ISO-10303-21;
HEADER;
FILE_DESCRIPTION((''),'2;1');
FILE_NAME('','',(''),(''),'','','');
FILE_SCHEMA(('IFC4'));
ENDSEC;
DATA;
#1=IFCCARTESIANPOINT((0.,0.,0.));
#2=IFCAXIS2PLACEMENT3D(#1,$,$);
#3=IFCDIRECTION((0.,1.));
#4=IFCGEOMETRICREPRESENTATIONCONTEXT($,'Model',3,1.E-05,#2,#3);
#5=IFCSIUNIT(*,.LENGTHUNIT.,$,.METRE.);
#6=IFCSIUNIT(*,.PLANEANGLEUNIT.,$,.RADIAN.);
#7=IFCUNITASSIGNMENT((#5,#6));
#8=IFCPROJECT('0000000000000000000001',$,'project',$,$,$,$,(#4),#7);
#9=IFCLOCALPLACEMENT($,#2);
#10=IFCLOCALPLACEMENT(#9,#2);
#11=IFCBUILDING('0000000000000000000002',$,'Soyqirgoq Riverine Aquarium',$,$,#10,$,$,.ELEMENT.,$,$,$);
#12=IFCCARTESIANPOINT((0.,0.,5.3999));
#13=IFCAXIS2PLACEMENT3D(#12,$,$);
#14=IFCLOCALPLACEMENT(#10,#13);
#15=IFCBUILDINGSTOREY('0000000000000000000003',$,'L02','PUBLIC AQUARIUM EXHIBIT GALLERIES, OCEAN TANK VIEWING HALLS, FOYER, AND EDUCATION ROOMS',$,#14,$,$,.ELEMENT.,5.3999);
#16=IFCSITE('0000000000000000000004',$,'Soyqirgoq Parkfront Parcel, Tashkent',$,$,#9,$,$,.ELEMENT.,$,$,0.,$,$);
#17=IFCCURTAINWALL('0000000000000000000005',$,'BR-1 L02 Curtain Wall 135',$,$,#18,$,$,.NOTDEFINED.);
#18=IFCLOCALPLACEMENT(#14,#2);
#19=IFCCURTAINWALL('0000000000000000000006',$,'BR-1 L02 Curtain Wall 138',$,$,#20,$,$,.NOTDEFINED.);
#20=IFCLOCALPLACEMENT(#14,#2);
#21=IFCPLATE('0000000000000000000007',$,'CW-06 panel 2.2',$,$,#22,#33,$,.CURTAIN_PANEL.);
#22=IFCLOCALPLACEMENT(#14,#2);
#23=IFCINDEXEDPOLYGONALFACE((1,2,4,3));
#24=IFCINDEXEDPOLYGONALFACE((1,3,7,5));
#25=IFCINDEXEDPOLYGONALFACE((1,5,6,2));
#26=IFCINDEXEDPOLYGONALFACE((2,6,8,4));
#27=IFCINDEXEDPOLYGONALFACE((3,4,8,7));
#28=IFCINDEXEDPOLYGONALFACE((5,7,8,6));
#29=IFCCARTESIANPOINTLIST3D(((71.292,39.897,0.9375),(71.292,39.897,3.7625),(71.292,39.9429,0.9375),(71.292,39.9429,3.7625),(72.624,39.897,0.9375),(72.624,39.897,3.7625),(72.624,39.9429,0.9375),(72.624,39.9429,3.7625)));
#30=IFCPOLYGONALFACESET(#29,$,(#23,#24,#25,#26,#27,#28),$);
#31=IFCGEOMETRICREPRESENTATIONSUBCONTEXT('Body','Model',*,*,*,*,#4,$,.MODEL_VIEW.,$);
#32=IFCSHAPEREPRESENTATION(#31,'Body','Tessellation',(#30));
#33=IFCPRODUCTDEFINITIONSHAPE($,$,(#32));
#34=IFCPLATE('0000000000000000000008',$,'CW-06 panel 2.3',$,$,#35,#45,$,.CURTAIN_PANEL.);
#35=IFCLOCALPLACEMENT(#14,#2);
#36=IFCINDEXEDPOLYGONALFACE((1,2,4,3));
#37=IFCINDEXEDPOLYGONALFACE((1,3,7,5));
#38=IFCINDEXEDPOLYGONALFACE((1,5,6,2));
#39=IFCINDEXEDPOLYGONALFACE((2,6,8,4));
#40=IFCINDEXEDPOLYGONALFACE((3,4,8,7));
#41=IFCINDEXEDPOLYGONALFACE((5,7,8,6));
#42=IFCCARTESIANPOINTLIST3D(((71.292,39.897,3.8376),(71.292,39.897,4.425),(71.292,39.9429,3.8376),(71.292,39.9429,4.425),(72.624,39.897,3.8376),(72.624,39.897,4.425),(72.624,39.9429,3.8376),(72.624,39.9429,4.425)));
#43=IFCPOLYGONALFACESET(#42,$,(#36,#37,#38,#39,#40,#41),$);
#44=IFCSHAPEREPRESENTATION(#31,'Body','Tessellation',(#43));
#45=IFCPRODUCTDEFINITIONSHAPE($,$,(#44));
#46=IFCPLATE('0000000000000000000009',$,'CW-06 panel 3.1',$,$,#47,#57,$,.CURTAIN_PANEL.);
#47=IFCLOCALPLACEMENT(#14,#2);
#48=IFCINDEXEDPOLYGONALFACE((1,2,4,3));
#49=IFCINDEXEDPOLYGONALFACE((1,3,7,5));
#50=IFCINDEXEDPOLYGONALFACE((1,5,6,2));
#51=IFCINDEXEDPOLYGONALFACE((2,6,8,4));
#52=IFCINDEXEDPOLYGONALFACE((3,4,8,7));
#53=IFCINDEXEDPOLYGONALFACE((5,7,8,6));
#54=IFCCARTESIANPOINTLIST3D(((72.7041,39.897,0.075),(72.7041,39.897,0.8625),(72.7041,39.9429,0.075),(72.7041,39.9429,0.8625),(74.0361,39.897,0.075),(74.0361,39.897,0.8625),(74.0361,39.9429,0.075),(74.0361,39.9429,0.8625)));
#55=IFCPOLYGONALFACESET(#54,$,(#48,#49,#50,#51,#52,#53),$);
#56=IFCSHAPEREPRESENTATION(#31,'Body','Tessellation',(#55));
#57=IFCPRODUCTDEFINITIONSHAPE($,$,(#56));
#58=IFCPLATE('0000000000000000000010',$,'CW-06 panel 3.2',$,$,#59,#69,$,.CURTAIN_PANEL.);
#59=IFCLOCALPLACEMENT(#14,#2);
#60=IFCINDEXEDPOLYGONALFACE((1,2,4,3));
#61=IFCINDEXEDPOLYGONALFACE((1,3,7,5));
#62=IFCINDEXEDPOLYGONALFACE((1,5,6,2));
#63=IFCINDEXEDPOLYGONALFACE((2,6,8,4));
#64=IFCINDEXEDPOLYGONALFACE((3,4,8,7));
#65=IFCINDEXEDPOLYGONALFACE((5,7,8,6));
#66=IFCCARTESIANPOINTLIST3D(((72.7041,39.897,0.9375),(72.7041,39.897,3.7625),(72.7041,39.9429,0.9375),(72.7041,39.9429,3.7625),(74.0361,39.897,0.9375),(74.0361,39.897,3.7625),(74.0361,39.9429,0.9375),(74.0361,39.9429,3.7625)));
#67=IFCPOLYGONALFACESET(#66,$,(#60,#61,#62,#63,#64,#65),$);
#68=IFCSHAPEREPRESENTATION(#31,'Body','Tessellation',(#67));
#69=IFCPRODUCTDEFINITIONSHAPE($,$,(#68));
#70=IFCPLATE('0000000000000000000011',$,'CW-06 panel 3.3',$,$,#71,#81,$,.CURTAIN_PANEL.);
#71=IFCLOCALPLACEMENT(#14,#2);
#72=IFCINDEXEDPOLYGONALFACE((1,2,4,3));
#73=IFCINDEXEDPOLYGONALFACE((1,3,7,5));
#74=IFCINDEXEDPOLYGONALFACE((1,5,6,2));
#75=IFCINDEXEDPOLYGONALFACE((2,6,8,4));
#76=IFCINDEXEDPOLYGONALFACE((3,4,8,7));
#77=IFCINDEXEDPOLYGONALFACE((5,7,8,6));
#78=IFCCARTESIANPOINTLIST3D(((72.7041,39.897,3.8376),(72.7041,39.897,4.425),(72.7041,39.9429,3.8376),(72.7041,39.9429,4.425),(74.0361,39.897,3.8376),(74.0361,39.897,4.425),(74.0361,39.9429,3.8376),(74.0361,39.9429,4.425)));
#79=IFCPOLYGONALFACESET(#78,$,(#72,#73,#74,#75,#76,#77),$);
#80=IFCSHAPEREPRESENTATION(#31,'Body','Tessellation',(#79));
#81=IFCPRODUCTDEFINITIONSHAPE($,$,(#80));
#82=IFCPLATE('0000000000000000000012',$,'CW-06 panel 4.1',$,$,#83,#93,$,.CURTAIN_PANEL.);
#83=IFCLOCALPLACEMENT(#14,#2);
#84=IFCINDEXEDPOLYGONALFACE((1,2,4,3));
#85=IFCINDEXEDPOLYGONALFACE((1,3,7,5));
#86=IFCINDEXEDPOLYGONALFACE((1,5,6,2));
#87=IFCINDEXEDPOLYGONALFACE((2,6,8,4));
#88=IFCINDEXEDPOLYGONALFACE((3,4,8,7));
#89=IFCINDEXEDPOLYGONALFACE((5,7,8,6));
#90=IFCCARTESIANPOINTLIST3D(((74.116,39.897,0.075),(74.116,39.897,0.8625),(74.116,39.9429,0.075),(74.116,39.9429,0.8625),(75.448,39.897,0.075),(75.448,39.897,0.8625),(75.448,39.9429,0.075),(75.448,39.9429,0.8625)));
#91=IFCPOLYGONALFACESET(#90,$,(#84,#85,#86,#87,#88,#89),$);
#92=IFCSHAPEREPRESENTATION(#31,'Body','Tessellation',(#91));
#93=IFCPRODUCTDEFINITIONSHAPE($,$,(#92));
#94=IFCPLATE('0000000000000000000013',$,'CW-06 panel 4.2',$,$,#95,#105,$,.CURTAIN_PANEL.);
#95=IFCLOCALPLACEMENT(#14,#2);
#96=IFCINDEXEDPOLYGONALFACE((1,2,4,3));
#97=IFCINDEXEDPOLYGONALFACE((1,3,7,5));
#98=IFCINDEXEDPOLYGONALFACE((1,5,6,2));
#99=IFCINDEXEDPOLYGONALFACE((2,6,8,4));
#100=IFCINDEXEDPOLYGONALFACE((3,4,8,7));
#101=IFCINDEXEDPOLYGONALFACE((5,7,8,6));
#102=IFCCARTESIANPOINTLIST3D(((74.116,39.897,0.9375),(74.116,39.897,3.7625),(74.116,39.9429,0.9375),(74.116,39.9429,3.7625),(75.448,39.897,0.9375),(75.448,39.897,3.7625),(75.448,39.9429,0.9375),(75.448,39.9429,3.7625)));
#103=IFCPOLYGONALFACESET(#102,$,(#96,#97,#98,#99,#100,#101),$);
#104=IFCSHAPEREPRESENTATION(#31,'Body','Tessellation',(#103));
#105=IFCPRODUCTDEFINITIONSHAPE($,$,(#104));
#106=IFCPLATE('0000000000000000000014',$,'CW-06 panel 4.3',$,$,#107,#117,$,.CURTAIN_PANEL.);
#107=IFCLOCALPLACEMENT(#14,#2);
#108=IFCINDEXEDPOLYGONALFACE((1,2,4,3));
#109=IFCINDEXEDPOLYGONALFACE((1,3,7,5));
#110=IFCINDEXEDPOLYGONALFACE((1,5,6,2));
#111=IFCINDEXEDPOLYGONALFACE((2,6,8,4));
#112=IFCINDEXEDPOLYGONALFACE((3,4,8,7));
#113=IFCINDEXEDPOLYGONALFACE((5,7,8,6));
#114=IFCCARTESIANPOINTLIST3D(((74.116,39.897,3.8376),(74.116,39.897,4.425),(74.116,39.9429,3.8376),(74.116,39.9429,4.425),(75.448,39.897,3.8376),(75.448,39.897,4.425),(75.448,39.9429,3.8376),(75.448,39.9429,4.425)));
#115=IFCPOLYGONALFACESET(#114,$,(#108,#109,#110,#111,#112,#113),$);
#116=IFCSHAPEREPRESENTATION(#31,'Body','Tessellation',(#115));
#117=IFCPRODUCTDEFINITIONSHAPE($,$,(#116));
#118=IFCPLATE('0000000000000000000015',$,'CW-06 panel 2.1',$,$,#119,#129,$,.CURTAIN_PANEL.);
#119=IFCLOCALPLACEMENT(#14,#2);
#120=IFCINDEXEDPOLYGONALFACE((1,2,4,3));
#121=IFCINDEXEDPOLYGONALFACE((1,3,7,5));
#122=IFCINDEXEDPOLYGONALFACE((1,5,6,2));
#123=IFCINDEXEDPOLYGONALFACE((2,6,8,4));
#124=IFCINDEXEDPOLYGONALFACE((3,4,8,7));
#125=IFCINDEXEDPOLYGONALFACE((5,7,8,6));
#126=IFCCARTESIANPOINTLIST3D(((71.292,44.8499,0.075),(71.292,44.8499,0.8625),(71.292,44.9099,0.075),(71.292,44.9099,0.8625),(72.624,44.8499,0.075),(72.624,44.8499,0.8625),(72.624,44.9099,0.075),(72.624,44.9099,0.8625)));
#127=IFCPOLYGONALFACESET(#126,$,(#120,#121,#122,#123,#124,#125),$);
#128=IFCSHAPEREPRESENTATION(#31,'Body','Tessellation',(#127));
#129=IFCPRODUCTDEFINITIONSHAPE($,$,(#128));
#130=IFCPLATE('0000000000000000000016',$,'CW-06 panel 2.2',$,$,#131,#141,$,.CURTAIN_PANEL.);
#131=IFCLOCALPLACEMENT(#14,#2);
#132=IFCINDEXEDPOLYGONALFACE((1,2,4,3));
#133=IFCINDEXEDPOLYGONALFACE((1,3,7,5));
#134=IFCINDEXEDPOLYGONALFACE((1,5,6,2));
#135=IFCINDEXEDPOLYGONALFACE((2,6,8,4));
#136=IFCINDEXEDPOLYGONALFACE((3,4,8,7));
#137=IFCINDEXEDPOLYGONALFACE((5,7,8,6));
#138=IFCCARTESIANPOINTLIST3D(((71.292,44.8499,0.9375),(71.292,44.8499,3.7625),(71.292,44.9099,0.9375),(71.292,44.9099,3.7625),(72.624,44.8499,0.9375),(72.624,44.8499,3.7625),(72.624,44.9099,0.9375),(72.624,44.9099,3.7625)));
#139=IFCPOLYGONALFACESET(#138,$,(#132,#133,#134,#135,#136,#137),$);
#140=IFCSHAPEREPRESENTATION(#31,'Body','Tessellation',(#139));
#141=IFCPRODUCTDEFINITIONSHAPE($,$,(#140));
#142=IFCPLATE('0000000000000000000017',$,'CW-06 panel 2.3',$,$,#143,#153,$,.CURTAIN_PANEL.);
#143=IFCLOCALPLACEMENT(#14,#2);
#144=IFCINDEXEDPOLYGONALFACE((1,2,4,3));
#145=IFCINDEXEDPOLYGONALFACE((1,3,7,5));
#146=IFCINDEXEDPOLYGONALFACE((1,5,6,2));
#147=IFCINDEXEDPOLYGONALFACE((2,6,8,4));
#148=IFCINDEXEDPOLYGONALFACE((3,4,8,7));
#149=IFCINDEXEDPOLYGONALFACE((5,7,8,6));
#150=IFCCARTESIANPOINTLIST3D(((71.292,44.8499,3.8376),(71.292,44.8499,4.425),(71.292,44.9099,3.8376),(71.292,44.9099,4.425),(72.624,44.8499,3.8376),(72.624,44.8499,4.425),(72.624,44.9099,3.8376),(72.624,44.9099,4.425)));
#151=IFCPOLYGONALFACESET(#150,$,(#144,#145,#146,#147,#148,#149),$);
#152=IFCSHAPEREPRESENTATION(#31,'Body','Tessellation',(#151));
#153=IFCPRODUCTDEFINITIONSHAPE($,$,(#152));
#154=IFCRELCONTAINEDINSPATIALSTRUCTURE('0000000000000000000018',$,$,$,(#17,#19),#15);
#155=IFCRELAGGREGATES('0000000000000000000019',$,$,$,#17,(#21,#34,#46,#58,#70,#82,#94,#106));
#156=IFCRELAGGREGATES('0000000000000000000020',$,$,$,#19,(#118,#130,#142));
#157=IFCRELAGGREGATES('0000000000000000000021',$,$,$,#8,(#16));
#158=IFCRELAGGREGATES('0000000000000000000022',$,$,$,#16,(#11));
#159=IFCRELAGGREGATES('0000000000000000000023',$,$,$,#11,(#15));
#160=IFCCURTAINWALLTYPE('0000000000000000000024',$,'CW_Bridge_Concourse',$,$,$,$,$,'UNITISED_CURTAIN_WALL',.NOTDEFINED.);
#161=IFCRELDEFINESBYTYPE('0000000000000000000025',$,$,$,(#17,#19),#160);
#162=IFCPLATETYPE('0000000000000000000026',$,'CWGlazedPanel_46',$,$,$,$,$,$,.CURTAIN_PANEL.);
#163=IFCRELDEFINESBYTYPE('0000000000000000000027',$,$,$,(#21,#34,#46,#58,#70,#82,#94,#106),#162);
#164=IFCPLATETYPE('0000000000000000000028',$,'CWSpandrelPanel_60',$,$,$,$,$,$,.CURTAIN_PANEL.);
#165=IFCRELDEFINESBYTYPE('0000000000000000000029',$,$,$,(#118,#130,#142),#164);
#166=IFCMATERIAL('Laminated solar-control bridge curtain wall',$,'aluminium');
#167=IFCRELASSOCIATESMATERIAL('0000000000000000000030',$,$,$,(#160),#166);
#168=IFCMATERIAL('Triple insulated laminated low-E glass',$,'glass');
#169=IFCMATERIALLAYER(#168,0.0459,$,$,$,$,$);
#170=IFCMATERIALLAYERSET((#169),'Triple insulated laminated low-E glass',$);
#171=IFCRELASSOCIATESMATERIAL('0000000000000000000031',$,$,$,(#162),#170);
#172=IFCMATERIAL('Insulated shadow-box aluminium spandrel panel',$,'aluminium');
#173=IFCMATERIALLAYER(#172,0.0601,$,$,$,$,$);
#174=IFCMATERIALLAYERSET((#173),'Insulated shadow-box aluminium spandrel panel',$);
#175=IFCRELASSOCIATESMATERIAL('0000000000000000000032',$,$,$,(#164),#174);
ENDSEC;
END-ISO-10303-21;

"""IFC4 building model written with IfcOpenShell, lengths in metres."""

from ifc_helpers import new_model, si_unit, direction, frame, origin, origin_2d, place, context, subcontext, project, spatial, rectangle, extrude, material, layer, layer_set, type_object, element, aggregate, save


model = new_model("IFC4")

# Units and contexts
model_context = context("Model", 3, precision=1e-05, world=origin(), true_north=direction((0.0, 1.0)))
body_context = subcontext(model_context, "Body", "Model", "MODEL_VIEW")
ifc_project = project(units=[si_unit("LENGTHUNIT", "METRE"), si_unit("PLANEANGLEUNIT", "RADIAN")], contexts=[model_context])

# Site, building, storey
site_placement = place(None, origin())
site = spatial("IfcSite", under=ifc_project, at=site_placement, Name="Soyqirgoq Parkfront Parcel, Tashkent", CompositionType="ELEMENT", RefElevation=0.0)
building_placement = place(site_placement, origin())
building = spatial("IfcBuilding", under=site, at=building_placement, Name="Soyqirgoq Riverine Aquarium", CompositionType="ELEMENT")
storey_placement = place(building_placement, frame((0.0, 0.0, 5.3999)))
storey = spatial("IfcBuildingStorey", under=building, at=storey_placement, Name="L02", Description="PUBLIC AQUARIUM EXHIBIT GALLERIES, OCEAN TANK VIEWING HALLS, FOYER, AND EDUCATION ROOMS", CompositionType="ELEMENT", Elevation=5.3999)

# Curtain wall
ifc_material_1 = material(Name="Laminated solar-control bridge curtain wall", Category="aluminium")
curtain_wall_type = type_object("IfcCurtainWallType", Name="CW_Bridge_Concourse", ElementType="UNITISED_CURTAIN_WALL", PredefinedType="NOTDEFINED", material=ifc_material_1)
curtain_wall_1_placement = place(storey_placement, origin())
curtain_wall_1 = element("IfcCurtainWall", 1, at=curtain_wall_1_placement, inside=storey, type_object=curtain_wall_type, Name="BR-1 L02 Curtain Wall 135", PredefinedType="NOTDEFINED")

# Curtain wall
curtain_wall_2_placement = place(storey_placement, origin())
curtain_wall_2 = element("IfcCurtainWall", 2, at=curtain_wall_2_placement, inside=storey, type_object=curtain_wall_type, Name="BR-1 L02 Curtain Wall 138", PredefinedType="NOTDEFINED")

# Plates
ifc_material_2 = material(Name="Triple insulated laminated low-E glass", Category="glass")
ifc_layer_1 = layer(ifc_material_2, 0.0459)
ifc_layer_set_1 = layer_set([ifc_layer_1], Name="Triple insulated laminated low-E glass")
plate_type_1 = type_object("IfcPlateType", Name="CWGlazedPanel_46", PredefinedType="CURTAIN_PANEL", material=ifc_layer_set_1)
plate_1_placement = place(storey_placement, frame((71.958, 39.9199, 0.9375), z_axis=(0.0, 0.0, 1.0), x_axis=(1.0, 0.0, 0.0)))
plate_1 = element("IfcPlate", 3, at=plate_1_placement, type_object=plate_type_1, Name="CW-06 panel 2.2", PredefinedType="CURTAIN_PANEL", context=body_context, shape_type="SweptSolid", body=[
    extrude(rectangle(XDim=1.332, YDim=0.0459, at=origin_2d()), origin(), (0.0, 0.0, 1.0), 2.825),
])
plate_2_placement = place(storey_placement, frame((71.958, 39.9199, 3.8376), z_axis=(0.0, 0.0, 1.0), x_axis=(1.0, 0.0, 0.0)))
plate_2 = element("IfcPlate", 4, at=plate_2_placement, type_object=plate_type_1, Name="CW-06 panel 2.3", PredefinedType="CURTAIN_PANEL", context=body_context, shape_type="SweptSolid", body=[
    extrude(rectangle(XDim=1.332, YDim=0.0459, at=origin_2d()), origin(), (0.0, 0.0, 1.0), 0.5874),
])
plate_3_placement = place(storey_placement, frame((73.3701, 39.9199, 0.075), z_axis=(0.0, 0.0, 1.0), x_axis=(1.0, 0.0, 0.0)))
plate_3 = element("IfcPlate", 5, at=plate_3_placement, type_object=plate_type_1, Name="CW-06 panel 3.1", PredefinedType="CURTAIN_PANEL", context=body_context, shape_type="SweptSolid", body=[
    extrude(rectangle(XDim=1.332, YDim=0.0459, at=origin_2d()), origin(), (0.0, 0.0, 1.0), 0.7876),
])
plate_4_placement = place(storey_placement, frame((73.3701, 39.9199, 0.9375), z_axis=(0.0, 0.0, 1.0), x_axis=(1.0, 0.0, 0.0)))
plate_4 = element("IfcPlate", 6, at=plate_4_placement, type_object=plate_type_1, Name="CW-06 panel 3.2", PredefinedType="CURTAIN_PANEL", context=body_context, shape_type="SweptSolid", body=[
    extrude(rectangle(XDim=1.332, YDim=0.0459, at=origin_2d()), origin(), (0.0, 0.0, 1.0), 2.825),
])
plate_5_placement = place(storey_placement, frame((73.3701, 39.9199, 3.8376), z_axis=(0.0, 0.0, 1.0), x_axis=(1.0, 0.0, 0.0)))
plate_5 = element("IfcPlate", 7, at=plate_5_placement, type_object=plate_type_1, Name="CW-06 panel 3.3", PredefinedType="CURTAIN_PANEL", context=body_context, shape_type="SweptSolid", body=[
    extrude(rectangle(XDim=1.332, YDim=0.0459, at=origin_2d()), origin(), (0.0, 0.0, 1.0), 0.5874),
])
plate_6_placement = place(storey_placement, frame((74.782, 39.9199, 0.075), z_axis=(0.0, 0.0, 1.0), x_axis=(1.0, 0.0, 0.0)))
plate_6 = element("IfcPlate", 8, at=plate_6_placement, type_object=plate_type_1, Name="CW-06 panel 4.1", PredefinedType="CURTAIN_PANEL", context=body_context, shape_type="SweptSolid", body=[
    extrude(rectangle(XDim=1.332, YDim=0.0459, at=origin_2d()), origin(), (0.0, 0.0, 1.0), 0.7876),
])
plate_7_placement = place(storey_placement, frame((74.782, 39.9199, 0.9375), z_axis=(0.0, 0.0, 1.0), x_axis=(1.0, 0.0, 0.0)))
plate_7 = element("IfcPlate", 9, at=plate_7_placement, type_object=plate_type_1, Name="CW-06 panel 4.2", PredefinedType="CURTAIN_PANEL", context=body_context, shape_type="SweptSolid", body=[
    extrude(rectangle(XDim=1.332, YDim=0.0459, at=origin_2d()), origin(), (0.0, 0.0, 1.0), 2.825),
])
plate_8_placement = place(storey_placement, frame((74.782, 39.9199, 3.8376), z_axis=(0.0, 0.0, 1.0), x_axis=(1.0, 0.0, 0.0)))
plate_8 = element("IfcPlate", 10, at=plate_8_placement, type_object=plate_type_1, Name="CW-06 panel 4.3", PredefinedType="CURTAIN_PANEL", context=body_context, shape_type="SweptSolid", body=[
    extrude(rectangle(XDim=1.332, YDim=0.0459, at=origin_2d()), origin(), (0.0, 0.0, 1.0), 0.5874),
])
aggregate(curtain_wall_1, [plate_1, plate_2, plate_3, plate_4, plate_5, plate_6, plate_7, plate_8])
ifc_material_3 = material(Name="Insulated shadow-box aluminium spandrel panel", Category="aluminium")
ifc_layer_2 = layer(ifc_material_3, 0.0601)
ifc_layer_set_2 = layer_set([ifc_layer_2], Name="Insulated shadow-box aluminium spandrel panel")
plate_type_2 = type_object("IfcPlateType", Name="CWSpandrelPanel_60", PredefinedType="CURTAIN_PANEL", material=ifc_layer_set_2)
plate_9_placement = place(storey_placement, frame((71.958, 44.8799, 0.075), z_axis=(0.0, 0.0, 1.0), x_axis=(1.0, 0.0, 0.0)))
plate_9 = element("IfcPlate", 11, at=plate_9_placement, type_object=plate_type_2, Name="CW-06 panel 2.1", PredefinedType="CURTAIN_PANEL", context=body_context, shape_type="SweptSolid", body=[
    extrude(rectangle(XDim=1.332, YDim=0.0601, at=origin_2d()), origin(), (0.0, 0.0, 1.0), 0.7876),
])
plate_10_placement = place(storey_placement, frame((71.958, 44.8799, 0.9375), z_axis=(0.0, 0.0, 1.0), x_axis=(1.0, 0.0, 0.0)))
plate_10 = element("IfcPlate", 12, at=plate_10_placement, type_object=plate_type_2, Name="CW-06 panel 2.2", PredefinedType="CURTAIN_PANEL", context=body_context, shape_type="SweptSolid", body=[
    extrude(rectangle(XDim=1.332, YDim=0.0601, at=origin_2d()), origin(), (0.0, 0.0, 1.0), 2.825),
])
plate_11_placement = place(storey_placement, frame((71.958, 44.8799, 3.8376), z_axis=(0.0, 0.0, 1.0), x_axis=(1.0, 0.0, 0.0)))
plate_11 = element("IfcPlate", 13, at=plate_11_placement, type_object=plate_type_2, Name="CW-06 panel 2.3", PredefinedType="CURTAIN_PANEL", context=body_context, shape_type="SweptSolid", body=[
    extrude(rectangle(XDim=1.332, YDim=0.0601, at=origin_2d()), origin(), (0.0, 0.0, 1.0), 0.5874),
])
aggregate(curtain_wall_2, [plate_9, plate_10, plate_11])

save(model, "model.ifc")
